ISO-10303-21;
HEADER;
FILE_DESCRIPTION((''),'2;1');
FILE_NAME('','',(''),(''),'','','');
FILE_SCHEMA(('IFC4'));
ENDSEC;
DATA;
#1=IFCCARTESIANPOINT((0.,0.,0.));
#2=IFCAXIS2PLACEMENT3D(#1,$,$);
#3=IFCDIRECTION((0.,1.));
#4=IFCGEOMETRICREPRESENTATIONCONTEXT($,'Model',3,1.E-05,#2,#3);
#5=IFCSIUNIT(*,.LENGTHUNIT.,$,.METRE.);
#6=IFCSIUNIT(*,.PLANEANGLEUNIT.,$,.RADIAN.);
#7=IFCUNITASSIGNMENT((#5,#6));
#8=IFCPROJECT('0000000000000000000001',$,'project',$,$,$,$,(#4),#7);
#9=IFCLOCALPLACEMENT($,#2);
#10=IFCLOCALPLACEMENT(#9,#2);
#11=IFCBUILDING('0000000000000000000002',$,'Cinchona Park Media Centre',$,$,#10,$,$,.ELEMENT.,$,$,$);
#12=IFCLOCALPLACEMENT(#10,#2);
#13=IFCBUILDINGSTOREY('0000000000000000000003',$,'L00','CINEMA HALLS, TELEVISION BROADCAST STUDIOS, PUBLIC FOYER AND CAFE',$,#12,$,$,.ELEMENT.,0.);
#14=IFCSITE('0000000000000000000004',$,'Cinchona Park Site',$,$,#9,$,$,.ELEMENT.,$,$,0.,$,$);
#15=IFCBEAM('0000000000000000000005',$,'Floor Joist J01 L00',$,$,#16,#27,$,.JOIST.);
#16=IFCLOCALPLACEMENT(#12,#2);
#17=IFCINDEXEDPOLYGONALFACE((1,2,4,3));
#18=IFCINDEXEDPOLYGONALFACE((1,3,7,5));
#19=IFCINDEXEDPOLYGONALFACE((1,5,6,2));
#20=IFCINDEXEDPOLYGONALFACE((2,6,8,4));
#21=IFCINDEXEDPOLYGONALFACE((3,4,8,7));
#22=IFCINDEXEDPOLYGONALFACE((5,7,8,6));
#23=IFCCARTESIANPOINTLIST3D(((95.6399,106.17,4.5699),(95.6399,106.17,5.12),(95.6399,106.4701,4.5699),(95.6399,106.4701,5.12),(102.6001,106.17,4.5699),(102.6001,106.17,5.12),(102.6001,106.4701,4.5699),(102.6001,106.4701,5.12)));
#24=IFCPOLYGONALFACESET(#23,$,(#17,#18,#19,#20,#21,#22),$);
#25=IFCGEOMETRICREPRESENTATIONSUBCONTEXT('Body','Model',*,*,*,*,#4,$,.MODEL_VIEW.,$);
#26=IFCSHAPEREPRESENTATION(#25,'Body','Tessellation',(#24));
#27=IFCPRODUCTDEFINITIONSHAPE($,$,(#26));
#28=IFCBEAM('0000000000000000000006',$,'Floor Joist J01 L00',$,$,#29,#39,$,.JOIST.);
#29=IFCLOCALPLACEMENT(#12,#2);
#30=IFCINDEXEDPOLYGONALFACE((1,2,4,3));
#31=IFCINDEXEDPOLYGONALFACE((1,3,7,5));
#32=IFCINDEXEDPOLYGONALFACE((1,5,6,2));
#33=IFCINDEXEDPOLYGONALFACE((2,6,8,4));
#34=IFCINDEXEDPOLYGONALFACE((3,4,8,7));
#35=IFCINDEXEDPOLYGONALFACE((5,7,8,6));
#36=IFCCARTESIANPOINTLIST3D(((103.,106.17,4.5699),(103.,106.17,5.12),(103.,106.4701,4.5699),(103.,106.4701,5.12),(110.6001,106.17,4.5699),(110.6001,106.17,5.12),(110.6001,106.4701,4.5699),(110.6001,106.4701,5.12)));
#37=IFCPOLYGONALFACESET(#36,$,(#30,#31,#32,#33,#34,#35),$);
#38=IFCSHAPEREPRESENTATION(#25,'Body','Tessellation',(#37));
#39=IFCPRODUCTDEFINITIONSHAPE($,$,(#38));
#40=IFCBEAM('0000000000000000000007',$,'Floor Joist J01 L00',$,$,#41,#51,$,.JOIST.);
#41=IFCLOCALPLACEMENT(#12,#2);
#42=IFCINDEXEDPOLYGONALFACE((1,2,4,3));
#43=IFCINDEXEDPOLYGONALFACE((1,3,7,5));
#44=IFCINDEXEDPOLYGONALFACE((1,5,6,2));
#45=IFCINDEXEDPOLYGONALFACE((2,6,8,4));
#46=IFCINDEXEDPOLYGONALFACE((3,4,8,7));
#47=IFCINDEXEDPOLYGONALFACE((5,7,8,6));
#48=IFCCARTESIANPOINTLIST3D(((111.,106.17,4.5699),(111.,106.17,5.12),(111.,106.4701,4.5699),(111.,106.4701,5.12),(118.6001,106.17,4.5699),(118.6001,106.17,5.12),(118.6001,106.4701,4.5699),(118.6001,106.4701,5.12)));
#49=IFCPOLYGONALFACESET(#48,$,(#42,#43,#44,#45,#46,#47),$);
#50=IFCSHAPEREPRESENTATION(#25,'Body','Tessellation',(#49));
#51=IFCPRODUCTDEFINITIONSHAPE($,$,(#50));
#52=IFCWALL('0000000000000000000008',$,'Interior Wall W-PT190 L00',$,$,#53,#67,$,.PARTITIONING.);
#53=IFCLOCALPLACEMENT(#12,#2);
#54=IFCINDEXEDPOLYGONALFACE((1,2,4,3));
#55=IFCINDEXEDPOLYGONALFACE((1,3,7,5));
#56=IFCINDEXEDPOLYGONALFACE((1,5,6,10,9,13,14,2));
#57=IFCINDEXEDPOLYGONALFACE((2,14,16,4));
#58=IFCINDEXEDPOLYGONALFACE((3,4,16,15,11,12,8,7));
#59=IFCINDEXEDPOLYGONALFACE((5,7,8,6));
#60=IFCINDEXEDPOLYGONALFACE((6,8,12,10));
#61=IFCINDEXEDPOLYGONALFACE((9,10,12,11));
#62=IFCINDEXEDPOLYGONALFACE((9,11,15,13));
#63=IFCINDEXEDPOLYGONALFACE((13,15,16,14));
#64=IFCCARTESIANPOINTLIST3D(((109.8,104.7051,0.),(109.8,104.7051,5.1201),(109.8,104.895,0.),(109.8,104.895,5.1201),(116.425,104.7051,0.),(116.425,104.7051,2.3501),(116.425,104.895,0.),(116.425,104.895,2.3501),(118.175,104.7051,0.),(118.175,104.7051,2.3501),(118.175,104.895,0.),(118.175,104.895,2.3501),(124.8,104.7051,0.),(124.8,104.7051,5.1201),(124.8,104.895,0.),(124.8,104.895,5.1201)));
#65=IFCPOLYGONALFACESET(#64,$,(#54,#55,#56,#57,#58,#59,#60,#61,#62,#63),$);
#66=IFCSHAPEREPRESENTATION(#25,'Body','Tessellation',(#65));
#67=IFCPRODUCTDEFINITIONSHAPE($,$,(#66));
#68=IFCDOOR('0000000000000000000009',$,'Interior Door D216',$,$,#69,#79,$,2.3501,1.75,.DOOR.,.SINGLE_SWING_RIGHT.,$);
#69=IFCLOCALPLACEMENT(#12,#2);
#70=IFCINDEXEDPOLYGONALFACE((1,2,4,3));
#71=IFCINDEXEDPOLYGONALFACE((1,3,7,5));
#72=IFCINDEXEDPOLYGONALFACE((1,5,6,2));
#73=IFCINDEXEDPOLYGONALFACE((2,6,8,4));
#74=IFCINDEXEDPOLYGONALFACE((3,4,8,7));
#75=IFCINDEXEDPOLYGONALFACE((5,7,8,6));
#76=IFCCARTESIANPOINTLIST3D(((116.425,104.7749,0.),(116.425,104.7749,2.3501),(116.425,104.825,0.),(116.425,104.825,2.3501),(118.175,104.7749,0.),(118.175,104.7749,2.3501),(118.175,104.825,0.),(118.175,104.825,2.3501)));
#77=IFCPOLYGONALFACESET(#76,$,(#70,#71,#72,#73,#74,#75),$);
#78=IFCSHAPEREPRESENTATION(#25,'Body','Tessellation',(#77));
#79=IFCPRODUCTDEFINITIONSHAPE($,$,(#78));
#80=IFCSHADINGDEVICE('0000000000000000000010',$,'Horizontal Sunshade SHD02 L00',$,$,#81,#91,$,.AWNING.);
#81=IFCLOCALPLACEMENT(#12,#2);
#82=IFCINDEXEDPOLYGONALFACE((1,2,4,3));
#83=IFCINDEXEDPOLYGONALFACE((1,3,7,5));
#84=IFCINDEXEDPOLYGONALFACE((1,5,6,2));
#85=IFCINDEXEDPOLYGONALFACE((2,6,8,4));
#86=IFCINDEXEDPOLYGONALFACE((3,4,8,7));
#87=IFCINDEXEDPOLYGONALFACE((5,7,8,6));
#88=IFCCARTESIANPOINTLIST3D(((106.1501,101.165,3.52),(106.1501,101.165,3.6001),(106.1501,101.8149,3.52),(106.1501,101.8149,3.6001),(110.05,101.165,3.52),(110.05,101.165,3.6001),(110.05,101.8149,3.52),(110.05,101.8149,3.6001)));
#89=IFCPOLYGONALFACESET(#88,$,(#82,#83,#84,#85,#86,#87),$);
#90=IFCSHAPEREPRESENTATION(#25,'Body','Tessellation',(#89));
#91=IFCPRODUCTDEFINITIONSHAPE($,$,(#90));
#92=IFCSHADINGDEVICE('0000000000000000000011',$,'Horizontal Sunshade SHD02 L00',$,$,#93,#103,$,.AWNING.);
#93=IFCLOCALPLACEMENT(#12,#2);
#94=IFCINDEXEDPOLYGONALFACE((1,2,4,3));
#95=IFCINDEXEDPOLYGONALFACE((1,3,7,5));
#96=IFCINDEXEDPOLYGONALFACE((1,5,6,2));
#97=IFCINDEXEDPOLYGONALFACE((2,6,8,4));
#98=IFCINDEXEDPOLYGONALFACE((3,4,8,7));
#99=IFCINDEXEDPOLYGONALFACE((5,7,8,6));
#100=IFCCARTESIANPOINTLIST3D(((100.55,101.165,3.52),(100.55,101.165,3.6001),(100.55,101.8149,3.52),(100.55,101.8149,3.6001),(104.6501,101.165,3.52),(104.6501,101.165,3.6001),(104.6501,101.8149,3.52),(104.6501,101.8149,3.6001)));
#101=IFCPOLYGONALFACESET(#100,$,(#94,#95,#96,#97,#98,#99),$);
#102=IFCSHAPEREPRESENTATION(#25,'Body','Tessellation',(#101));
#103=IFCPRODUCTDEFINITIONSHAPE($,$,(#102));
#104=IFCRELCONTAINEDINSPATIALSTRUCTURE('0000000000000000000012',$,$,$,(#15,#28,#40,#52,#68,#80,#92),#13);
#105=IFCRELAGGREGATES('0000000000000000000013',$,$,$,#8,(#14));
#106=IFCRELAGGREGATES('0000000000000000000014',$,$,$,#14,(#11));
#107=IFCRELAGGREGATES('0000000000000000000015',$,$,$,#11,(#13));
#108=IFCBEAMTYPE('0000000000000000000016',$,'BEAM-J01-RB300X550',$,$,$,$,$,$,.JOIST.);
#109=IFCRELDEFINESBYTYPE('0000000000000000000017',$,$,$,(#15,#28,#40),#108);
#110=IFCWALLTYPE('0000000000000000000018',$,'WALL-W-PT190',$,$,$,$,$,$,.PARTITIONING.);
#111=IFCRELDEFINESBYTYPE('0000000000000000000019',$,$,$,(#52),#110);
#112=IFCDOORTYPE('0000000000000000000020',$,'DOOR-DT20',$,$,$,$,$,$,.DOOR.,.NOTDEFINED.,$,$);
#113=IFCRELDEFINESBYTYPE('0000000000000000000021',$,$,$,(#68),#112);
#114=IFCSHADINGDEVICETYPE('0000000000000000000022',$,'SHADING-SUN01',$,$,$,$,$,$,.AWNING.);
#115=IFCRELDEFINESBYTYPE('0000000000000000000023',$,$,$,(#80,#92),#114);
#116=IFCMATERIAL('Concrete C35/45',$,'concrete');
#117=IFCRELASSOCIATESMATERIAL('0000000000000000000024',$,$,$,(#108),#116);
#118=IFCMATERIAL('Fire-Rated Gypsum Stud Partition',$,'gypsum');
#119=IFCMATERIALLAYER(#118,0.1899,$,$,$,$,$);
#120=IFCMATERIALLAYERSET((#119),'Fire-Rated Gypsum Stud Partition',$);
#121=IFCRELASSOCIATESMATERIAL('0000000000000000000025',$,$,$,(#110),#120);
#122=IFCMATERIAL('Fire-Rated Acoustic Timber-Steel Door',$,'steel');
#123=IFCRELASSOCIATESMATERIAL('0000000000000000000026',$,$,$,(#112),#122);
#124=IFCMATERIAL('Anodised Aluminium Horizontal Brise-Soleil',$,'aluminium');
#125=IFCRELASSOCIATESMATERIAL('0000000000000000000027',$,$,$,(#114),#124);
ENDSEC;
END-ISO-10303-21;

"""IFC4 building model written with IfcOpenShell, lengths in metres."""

from ifc_helpers import new_model, si_unit, direction, frame, frame_2d, origin, origin_2d, place, context, subcontext, project, spatial, rectangle, extrude, material, layer, layer_set, material_profile, profile_set, type_object, element, fill, save


model = new_model("IFC4")

# Units and contexts
model_context = context("Model", 3, precision=1e-05, world=origin(), true_north=direction((0.0, 1.0)))
body_context = subcontext(model_context, "Body", "Model", "MODEL_VIEW")
ifc_project = project(units=[si_unit("LENGTHUNIT", "METRE"), si_unit("PLANEANGLEUNIT", "RADIAN")], contexts=[model_context])

# Site, building, storey
site_placement = place(None, origin())
site = spatial("IfcSite", under=ifc_project, at=site_placement, Name="Cinchona Park Site", CompositionType="ELEMENT", RefElevation=0.0)
building_placement = place(site_placement, origin())
building = spatial("IfcBuilding", under=site, at=building_placement, Name="Cinchona Park Media Centre", CompositionType="ELEMENT")
storey_placement = place(building_placement, origin())
storey = spatial("IfcBuildingStorey", under=building, at=storey_placement, Name="L00", Description="CINEMA HALLS, TELEVISION BROADCAST STUDIOS, PUBLIC FOYER AND CAFE", CompositionType="ELEMENT", Elevation=0.0)

# Beams
ifc_material_1 = material(Name="Concrete C35/45", Category="concrete")
ifc_material_profile_1 = material_profile(ifc_material_1, rectangle(XDim=0.3, YDim=0.55, at=origin_2d()), Name="RB 300X550")
ifc_profile_set_1 = profile_set([ifc_material_profile_1], Name="Concrete C35/45")
beam_type_1 = type_object("IfcBeamType", Name="BEAM-J01-RB300X550", PredefinedType="JOIST", material=ifc_profile_set_1)
beam_1_placement = place(storey_placement, frame((95.6399, 106.3201, 4.845), z_axis=(1.0, 0.0, 0.0), x_axis=(0.0, 1.0, 0.0)))
element("IfcBeam", 1, at=beam_1_placement, inside=storey, type_object=beam_type_1, Name="Floor Joist J01 L00", PredefinedType="JOIST", context=body_context, shape_type="SweptSolid", body=[
    extrude(rectangle(XDim=0.3, YDim=0.55, at=origin_2d()), origin(), (0.0, 0.0, 1.0), 6.9602),
])
for number, where, z_axis, x_axis, name in (
    (2, (103.0, 106.3201, 4.845), (1.0, 0.0, 0.0), (0.0, 1.0, 0.0), "Floor Joist J01 L00"),
    (3, (111.0, 106.3201, 4.845), (1.0, 0.0, 0.0), (0.0, 1.0, 0.0), "Floor Joist J01 L00"),
):
    element("IfcBeam", number, at=place(storey_placement, frame(where, z_axis=z_axis, x_axis=x_axis)), inside=storey, type_object=beam_type_1, Name=name, PredefinedType="JOIST", context=body_context, shape_type="SweptSolid", body=[
        extrude(rectangle(XDim=0.3, YDim=0.55, at=origin_2d()), origin(), (0.0, 0.0, 1.0), 7.6001),
    ])

# Wall, opening, door
ifc_material_2 = material(Name="Fire-Rated Gypsum Stud Partition", Category="gypsum")
ifc_layer_1 = layer(ifc_material_2, 0.1899)
ifc_layer_set_1 = layer_set([ifc_layer_1], Name="Fire-Rated Gypsum Stud Partition")
wall_type = type_object("IfcWallType", Name="WALL-W-PT190", PredefinedType="PARTITIONING", material=ifc_layer_set_1)
wall_placement = place(storey_placement, frame((109.8, 104.8, 0.0), z_axis=(0.0, 0.0, 1.0), x_axis=(1.0, 0.0, 0.0)))
wall = element("IfcWall", 4, at=wall_placement, inside=storey, type_object=wall_type, Name="Interior Wall W-PT190 L00", PredefinedType="PARTITIONING", context=body_context, shape_type="SweptSolid", body=[
    extrude(rectangle(XDim=15.0, YDim=0.1899, at=frame_2d((7.5, 0.0))), origin(), (0.0, 0.0, 1.0), 5.1201),
])
opening_placement = place(wall_placement, frame((6.625, 0.0, 0.0)))
opening = element("IfcOpeningElement", 5, at=opening_placement, cuts=wall, PredefinedType="OPENING", context=body_context, shape_type="SweptSolid", body=[
    extrude(rectangle(XDim=1.75, YDim=2.3501, at=frame_2d((0.875, 1.175))), frame((0.0, 0.105, 0.0), z_axis=(0.0, -1.0, 0.0), x_axis=(1.0, 0.0, 0.0)), (0.0, 0.0, 1.0), 0.21),
])
ifc_material_3 = material(Name="Fire-Rated Acoustic Timber-Steel Door", Category="steel")
door_type = type_object("IfcDoorType", Name="DOOR-DT20", OperationType="NOTDEFINED", PredefinedType="DOOR", material=ifc_material_3)
door_placement = place(opening_placement, origin())
door = element("IfcDoor", 6, at=door_placement, inside=storey, type_object=door_type, Name="Interior Door D216", OperationType="SINGLE_SWING_RIGHT", OverallHeight=2.3501, OverallWidth=1.75, PredefinedType="DOOR", context=body_context, shape_type="SweptSolid", body=[
    extrude(rectangle(XDim=1.75, YDim=2.3501, at=frame_2d((0.875, 1.175))), frame((0.0, 0.0249, 0.0), z_axis=(0.0, -1.0, 0.0), x_axis=(1.0, 0.0, 0.0)), (0.0, 0.0, 1.0), 0.05),
])
fill(opening, door)

# Shading devices
ifc_material_4 = material(Name="Anodised Aluminium Horizontal Brise-Soleil", Category="aluminium")
shading_device_type = type_object("IfcShadingDeviceType", Name="SHADING-SUN01", PredefinedType="AWNING", material=ifc_material_4)
shading_device_1_placement = place(storey_placement, frame((108.1001, 101.49, 3.52), z_axis=(0.0, 0.0, 1.0), x_axis=(-1.0, 0.0, 0.0)))
element("IfcShadingDevice", 7, at=shading_device_1_placement, inside=storey, type_object=shading_device_type, Name="Horizontal Sunshade SHD02 L00", PredefinedType="AWNING", context=body_context, shape_type="SweptSolid", body=[
    extrude(rectangle(XDim=3.8999, YDim=0.6499, at=origin_2d()), origin(), (0.0, 0.0, 1.0), 0.0801),
])
shading_device_2_placement = place(storey_placement, frame((102.6001, 101.49, 3.52), z_axis=(0.0, 0.0, 1.0), x_axis=(-1.0, 0.0, 0.0)))
element("IfcShadingDevice", 8, at=shading_device_2_placement, inside=storey, type_object=shading_device_type, Name="Horizontal Sunshade SHD02 L00", PredefinedType="AWNING", context=body_context, shape_type="SweptSolid", body=[
    extrude(rectangle(XDim=4.1001, YDim=0.6499, at=origin_2d()), origin(), (0.0, 0.0, 1.0), 0.0801),
])

save(model, "model.ifc")
